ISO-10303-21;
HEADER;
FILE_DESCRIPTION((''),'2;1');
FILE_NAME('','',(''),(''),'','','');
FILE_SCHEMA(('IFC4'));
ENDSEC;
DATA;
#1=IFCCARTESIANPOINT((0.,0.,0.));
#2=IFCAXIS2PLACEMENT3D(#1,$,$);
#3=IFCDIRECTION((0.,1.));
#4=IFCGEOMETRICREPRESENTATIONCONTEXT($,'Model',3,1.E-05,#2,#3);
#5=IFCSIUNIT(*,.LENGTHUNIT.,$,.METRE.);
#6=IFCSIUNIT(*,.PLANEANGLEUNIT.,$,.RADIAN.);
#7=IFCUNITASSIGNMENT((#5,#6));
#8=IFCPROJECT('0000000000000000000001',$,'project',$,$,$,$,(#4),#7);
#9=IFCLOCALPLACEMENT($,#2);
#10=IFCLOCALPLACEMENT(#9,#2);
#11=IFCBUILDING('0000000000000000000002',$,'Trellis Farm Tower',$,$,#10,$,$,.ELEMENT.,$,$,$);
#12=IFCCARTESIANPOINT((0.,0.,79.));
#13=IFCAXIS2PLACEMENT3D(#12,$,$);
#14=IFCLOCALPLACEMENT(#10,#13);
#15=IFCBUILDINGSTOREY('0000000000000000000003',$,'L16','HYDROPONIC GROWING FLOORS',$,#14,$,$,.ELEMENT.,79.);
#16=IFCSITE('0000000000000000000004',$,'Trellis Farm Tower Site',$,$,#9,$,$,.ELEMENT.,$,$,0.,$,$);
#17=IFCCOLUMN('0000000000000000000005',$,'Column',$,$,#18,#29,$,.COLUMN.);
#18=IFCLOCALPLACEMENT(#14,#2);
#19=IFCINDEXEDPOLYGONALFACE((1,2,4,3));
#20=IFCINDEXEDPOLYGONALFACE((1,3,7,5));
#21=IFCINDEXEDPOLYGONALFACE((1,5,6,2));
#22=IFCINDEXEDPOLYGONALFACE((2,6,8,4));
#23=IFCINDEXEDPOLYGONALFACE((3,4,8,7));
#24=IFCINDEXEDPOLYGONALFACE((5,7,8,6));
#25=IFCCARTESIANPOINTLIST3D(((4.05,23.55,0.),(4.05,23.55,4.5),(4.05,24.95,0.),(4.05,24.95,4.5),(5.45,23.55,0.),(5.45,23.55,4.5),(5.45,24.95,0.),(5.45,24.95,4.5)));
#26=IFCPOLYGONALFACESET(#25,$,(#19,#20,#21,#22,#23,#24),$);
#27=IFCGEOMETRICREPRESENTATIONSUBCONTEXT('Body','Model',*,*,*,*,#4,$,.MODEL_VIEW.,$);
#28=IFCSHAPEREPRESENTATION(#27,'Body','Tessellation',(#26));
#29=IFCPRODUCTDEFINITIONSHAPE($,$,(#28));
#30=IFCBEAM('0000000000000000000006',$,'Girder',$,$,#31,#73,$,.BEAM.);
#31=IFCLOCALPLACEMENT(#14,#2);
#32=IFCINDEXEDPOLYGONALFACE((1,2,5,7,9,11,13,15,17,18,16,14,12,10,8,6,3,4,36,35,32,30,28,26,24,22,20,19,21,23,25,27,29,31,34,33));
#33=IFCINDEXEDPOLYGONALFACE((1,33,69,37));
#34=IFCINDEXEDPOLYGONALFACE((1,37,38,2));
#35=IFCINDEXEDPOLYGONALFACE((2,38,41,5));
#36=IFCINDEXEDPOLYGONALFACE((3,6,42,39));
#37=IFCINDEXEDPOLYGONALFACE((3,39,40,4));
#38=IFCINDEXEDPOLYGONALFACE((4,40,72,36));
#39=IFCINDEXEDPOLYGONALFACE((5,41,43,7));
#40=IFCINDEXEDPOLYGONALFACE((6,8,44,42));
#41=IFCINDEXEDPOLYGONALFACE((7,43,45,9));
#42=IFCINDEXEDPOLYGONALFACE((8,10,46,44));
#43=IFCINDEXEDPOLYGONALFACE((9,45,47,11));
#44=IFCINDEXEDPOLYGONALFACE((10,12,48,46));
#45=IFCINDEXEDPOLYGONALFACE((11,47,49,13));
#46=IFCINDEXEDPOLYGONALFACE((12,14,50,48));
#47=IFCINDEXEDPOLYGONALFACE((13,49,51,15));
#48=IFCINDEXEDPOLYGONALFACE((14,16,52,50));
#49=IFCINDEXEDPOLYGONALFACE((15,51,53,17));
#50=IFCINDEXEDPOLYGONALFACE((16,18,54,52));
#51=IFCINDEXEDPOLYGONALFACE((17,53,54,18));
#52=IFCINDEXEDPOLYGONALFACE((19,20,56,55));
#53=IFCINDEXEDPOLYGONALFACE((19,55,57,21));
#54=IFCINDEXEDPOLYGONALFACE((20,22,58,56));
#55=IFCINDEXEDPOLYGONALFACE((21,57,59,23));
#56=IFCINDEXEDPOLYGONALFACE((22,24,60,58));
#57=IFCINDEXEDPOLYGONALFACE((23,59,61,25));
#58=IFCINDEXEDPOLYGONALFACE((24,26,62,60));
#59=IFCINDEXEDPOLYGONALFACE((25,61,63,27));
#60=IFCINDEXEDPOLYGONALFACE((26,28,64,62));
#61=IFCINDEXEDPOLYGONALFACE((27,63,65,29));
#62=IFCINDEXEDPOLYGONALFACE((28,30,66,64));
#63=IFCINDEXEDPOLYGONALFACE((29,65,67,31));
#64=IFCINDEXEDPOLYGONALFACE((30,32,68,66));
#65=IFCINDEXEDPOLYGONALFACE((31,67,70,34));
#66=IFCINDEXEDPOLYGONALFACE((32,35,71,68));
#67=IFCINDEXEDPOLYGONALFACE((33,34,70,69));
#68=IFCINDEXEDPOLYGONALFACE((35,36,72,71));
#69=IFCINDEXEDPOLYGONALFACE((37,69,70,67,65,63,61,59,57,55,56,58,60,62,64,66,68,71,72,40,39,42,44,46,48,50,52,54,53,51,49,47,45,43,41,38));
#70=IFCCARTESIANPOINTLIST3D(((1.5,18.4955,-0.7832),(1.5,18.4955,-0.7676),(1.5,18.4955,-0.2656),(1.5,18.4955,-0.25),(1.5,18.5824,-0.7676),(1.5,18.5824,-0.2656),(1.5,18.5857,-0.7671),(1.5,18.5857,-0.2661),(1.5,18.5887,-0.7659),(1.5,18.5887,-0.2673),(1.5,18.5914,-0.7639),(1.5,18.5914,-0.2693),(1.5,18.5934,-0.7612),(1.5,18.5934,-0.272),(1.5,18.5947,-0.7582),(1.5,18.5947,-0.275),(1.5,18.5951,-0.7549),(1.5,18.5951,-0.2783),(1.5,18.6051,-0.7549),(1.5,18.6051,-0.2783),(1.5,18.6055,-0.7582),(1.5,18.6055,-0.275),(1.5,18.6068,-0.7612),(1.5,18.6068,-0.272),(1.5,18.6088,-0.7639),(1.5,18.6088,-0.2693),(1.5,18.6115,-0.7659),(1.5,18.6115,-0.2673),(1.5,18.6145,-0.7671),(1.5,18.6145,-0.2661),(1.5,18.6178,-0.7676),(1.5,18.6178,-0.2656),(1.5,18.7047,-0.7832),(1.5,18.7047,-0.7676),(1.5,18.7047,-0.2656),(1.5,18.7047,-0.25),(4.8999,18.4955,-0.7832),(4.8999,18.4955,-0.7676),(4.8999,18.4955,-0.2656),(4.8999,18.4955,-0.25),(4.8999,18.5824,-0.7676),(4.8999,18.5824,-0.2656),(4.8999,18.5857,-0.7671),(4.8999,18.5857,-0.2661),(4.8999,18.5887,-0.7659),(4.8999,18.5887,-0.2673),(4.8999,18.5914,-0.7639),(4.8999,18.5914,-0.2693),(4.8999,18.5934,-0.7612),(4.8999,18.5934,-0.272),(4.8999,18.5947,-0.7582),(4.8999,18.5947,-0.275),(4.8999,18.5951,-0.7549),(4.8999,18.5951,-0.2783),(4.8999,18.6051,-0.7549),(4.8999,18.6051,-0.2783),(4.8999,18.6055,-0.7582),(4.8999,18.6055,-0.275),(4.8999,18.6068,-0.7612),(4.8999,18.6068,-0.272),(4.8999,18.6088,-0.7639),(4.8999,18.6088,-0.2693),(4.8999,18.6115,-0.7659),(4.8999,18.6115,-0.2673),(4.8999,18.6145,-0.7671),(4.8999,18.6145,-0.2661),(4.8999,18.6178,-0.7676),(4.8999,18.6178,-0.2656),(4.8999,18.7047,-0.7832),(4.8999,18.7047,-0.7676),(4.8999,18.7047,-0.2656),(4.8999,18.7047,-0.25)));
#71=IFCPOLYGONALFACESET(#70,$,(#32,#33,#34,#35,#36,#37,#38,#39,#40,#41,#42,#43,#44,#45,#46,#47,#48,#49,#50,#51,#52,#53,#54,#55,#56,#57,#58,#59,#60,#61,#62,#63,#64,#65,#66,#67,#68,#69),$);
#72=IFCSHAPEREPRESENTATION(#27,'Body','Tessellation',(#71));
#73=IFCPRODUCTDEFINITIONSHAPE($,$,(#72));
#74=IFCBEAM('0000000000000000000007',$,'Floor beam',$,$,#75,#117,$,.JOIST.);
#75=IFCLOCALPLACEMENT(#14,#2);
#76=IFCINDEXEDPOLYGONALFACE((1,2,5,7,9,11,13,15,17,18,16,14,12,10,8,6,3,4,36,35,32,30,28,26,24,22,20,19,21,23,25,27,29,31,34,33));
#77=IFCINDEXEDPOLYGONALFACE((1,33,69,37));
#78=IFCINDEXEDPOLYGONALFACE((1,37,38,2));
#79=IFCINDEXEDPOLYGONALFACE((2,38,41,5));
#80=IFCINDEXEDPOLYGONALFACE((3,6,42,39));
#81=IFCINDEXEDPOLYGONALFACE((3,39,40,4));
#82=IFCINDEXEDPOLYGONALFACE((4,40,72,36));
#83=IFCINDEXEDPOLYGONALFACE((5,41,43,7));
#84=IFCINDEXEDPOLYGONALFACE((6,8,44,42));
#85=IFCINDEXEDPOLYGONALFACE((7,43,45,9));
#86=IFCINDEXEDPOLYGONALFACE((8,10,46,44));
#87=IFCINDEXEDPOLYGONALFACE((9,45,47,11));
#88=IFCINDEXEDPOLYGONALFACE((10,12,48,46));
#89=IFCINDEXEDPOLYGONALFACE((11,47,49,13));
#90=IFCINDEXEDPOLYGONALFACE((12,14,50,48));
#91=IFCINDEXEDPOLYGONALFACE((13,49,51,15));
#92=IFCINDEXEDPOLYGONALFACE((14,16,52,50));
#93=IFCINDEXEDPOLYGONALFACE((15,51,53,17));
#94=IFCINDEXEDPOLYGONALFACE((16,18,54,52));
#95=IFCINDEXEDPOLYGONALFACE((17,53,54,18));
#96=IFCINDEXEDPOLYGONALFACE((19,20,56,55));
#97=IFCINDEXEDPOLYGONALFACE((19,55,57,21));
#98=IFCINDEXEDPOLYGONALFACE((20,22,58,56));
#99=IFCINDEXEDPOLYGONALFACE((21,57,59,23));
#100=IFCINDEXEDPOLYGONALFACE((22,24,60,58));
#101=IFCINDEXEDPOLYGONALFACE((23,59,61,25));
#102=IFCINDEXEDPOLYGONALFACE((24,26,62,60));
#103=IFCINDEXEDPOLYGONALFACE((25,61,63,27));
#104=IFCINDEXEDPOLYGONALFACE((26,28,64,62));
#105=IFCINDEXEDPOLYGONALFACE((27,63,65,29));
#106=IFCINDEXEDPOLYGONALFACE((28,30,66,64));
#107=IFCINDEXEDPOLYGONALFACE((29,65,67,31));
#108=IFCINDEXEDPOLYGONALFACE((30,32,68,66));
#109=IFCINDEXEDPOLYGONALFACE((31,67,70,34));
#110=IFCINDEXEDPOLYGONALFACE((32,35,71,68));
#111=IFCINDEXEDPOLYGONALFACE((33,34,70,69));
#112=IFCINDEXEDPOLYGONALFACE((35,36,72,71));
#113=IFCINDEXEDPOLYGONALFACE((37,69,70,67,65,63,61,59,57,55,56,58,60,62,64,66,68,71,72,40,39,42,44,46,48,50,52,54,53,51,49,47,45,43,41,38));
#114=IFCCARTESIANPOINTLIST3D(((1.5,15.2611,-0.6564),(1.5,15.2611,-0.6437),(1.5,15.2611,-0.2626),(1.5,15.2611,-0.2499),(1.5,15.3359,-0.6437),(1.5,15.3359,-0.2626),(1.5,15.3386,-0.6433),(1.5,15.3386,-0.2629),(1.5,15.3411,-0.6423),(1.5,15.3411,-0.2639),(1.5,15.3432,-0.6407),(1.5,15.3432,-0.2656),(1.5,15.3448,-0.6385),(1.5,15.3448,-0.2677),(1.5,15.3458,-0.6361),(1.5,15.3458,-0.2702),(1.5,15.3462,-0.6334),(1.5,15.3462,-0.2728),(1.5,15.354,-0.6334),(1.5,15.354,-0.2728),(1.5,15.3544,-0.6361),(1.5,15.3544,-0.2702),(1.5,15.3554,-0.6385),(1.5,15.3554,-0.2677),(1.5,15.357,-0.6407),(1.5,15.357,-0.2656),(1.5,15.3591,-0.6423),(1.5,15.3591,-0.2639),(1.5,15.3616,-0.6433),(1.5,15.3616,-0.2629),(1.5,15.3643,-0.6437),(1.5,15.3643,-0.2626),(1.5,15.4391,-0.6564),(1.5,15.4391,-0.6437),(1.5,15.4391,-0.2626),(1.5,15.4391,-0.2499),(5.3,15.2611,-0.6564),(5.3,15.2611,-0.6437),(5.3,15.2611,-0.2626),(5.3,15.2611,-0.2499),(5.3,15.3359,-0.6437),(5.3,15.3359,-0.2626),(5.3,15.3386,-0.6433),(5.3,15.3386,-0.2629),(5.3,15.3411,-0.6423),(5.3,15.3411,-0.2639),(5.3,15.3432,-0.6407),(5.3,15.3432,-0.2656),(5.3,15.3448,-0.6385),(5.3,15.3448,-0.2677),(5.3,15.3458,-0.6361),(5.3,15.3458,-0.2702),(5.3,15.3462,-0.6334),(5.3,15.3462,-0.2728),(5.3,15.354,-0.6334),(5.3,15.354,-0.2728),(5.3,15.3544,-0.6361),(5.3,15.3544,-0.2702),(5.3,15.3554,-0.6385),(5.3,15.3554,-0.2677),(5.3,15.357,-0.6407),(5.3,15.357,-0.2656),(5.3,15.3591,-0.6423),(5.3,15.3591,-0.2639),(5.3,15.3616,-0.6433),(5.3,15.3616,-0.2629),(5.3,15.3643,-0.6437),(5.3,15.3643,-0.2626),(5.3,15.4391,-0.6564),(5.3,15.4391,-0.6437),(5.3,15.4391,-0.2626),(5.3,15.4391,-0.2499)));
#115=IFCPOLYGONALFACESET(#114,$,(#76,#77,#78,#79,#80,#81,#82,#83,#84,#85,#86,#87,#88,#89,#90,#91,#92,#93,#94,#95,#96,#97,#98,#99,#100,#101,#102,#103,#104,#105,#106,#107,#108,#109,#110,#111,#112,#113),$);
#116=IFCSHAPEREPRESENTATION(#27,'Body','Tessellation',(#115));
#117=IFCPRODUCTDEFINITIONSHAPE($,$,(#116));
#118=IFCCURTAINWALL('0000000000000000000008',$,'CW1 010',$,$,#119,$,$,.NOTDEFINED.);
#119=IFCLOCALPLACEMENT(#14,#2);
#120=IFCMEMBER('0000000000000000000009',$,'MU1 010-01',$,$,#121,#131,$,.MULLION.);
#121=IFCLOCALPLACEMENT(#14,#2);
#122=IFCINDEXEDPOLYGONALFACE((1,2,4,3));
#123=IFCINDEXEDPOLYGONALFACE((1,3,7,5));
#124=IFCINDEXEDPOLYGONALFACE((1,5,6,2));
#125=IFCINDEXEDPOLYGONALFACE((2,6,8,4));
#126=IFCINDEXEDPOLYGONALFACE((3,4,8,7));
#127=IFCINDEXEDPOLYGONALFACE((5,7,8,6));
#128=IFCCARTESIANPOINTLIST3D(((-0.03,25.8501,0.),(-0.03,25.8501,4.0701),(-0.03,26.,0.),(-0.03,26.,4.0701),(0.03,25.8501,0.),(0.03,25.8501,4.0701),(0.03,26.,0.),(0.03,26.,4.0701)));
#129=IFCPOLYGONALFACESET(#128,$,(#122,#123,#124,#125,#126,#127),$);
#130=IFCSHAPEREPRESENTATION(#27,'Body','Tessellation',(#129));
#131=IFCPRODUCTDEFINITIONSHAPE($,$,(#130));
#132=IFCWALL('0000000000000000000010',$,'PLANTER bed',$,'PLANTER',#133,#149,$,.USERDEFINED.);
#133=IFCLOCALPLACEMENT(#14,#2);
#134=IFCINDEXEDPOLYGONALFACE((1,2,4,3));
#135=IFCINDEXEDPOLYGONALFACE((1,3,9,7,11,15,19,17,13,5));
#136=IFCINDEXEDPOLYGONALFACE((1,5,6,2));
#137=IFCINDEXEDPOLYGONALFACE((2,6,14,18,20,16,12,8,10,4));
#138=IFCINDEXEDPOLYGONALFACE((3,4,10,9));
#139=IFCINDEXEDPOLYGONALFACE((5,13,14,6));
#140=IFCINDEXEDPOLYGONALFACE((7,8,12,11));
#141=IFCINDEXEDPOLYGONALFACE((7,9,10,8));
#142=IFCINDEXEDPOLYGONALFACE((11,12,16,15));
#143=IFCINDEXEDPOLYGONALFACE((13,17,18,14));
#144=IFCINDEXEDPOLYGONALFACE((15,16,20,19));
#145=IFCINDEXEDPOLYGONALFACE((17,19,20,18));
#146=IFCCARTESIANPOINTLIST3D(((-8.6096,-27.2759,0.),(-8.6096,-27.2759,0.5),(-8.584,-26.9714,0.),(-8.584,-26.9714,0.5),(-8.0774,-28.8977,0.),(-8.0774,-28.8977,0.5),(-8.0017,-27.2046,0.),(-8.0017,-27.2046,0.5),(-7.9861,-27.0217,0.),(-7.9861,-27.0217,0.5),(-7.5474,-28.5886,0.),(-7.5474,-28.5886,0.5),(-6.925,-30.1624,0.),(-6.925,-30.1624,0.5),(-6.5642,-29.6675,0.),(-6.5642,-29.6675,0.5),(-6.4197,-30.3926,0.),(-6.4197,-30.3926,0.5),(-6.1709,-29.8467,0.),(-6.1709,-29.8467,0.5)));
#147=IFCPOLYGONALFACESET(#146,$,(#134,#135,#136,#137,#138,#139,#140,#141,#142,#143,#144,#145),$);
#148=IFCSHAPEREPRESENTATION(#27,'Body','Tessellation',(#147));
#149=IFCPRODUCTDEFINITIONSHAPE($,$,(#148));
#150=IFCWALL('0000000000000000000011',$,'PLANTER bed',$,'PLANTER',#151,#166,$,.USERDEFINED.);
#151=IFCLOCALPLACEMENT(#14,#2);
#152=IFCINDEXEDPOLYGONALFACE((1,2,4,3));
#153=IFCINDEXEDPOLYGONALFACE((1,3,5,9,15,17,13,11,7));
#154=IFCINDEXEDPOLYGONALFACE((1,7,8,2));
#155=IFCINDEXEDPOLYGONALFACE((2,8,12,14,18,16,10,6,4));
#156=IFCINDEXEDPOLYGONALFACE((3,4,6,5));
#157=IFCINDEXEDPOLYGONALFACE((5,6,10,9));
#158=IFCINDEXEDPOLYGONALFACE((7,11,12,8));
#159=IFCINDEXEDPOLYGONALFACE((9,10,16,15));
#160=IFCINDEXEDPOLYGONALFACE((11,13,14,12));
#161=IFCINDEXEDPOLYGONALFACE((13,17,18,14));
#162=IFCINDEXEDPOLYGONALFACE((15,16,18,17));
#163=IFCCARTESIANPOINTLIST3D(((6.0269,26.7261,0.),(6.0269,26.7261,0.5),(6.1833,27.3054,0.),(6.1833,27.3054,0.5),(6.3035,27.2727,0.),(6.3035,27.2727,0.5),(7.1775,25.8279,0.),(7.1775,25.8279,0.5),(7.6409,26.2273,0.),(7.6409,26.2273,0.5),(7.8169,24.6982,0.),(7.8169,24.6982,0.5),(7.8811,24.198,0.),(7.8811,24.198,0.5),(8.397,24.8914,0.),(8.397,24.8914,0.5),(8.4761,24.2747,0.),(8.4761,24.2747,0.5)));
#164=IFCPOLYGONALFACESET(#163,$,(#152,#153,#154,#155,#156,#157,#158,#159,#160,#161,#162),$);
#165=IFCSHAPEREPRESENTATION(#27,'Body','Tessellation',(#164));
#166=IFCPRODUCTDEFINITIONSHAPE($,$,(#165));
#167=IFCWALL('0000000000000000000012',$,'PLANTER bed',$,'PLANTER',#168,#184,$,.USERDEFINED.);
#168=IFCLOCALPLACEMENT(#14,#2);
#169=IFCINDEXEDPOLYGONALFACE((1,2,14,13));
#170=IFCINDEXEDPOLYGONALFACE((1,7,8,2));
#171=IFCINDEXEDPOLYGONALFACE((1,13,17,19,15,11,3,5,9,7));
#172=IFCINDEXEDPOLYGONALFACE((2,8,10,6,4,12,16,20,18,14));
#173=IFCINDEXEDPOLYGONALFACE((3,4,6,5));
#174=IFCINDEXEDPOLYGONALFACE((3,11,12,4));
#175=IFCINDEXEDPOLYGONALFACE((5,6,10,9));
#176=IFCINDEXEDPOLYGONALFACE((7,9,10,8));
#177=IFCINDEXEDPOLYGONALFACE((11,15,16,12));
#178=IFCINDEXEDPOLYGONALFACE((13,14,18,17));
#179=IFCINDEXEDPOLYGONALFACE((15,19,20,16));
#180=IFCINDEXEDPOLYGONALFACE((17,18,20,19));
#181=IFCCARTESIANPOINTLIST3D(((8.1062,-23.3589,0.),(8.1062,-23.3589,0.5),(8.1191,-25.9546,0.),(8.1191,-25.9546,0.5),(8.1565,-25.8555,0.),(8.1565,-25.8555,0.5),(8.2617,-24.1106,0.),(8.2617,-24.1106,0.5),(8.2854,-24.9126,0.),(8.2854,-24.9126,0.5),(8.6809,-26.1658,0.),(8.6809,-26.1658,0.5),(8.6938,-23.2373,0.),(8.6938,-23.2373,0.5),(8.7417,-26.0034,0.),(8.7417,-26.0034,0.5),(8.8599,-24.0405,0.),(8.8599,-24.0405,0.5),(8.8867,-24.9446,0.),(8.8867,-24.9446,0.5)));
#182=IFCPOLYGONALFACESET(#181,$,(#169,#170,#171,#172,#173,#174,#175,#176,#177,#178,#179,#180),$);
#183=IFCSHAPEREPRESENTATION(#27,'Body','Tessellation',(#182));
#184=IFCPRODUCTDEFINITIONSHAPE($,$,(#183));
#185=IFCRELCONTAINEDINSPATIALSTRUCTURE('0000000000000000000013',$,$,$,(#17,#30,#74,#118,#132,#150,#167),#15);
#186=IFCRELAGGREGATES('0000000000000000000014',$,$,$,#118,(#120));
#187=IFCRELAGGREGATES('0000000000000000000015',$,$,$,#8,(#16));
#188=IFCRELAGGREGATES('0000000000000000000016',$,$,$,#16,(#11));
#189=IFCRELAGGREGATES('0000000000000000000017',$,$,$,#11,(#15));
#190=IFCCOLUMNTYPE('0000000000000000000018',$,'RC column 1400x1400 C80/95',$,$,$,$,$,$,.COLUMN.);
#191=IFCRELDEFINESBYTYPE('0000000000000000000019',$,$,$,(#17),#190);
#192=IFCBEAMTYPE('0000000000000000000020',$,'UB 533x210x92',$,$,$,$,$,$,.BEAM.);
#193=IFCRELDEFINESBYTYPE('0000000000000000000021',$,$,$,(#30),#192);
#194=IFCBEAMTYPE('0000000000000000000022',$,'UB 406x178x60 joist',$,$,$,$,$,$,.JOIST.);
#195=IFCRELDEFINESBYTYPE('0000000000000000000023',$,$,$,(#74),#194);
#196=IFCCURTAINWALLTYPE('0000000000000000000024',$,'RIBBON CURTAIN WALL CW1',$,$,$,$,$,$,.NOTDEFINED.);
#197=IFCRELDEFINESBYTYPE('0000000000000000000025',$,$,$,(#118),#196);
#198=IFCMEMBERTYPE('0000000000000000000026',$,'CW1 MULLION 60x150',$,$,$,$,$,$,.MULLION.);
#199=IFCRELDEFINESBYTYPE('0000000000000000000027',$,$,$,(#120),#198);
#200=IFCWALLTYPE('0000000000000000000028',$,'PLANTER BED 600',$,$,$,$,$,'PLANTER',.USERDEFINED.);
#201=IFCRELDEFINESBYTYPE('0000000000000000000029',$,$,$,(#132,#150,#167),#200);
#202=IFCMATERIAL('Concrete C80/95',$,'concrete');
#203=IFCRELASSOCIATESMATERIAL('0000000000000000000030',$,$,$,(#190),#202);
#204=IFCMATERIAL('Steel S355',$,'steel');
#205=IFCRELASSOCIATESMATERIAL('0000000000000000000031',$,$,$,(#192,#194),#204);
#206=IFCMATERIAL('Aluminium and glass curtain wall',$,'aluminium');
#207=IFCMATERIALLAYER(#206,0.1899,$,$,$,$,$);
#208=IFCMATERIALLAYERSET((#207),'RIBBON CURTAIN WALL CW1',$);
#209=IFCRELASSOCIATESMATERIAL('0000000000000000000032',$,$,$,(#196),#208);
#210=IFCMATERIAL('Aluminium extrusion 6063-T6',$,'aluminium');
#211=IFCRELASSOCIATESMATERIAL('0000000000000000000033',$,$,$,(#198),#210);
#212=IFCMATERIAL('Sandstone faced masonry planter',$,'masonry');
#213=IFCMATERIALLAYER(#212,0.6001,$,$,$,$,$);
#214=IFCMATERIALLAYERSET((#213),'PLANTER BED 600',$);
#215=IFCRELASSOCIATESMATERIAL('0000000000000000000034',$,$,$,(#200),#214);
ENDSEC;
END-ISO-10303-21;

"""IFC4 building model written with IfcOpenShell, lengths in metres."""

from ifc_helpers import new_model, si_unit, direction, frame, origin, origin_2d, place, context, subcontext, project, spatial, polyline, rectangle, i_section, outline, extrude, source, transform, mapped, material, layer, layer_set, material_profile, profile_set, type_object, element, aggregate, save


model = new_model("IFC4")

# Units and contexts
model_context = context("Model", 3, precision=1e-05, world=origin(), true_north=direction((0.0, 1.0)))
body_context = subcontext(model_context, "Body", "Model", "MODEL_VIEW")
ifc_project = project(units=[si_unit("LENGTHUNIT", "METRE"), si_unit("PLANEANGLEUNIT", "RADIAN")], contexts=[model_context])

# Site, building, storey
site_placement = place(None, origin())
site = spatial("IfcSite", under=ifc_project, at=site_placement, Name="Trellis Farm Tower Site", CompositionType="ELEMENT", RefElevation=0.0)
building_placement = place(site_placement, origin())
building = spatial("IfcBuilding", under=site, at=building_placement, Name="Trellis Farm Tower", CompositionType="ELEMENT")
storey_placement = place(building_placement, frame((0.0, 0.0, 79.0)))
storey = spatial("IfcBuildingStorey", under=building, at=storey_placement, Name="L16", Description="HYDROPONIC GROWING FLOORS", CompositionType="ELEMENT", Elevation=79.0)

# Column
ifc_material_1 = material(Name="Concrete C80/95", Category="concrete")
ifc_material_profile_1 = material_profile(ifc_material_1, rectangle(XDim=1.3999, YDim=1.3999, at=origin_2d()), Name="RC column 1400x1400 C80/95")
ifc_profile_set_1 = profile_set([ifc_material_profile_1], Name="Concrete C80/95")
column_type = type_object("IfcColumnType", Name="RC column 1400x1400 C80/95", PredefinedType="COLUMN", material=ifc_profile_set_1)
shared_shape_1 = source(origin(), body_context, "Body", "SweptSolid", [
    extrude(rectangle(XDim=1.3999, YDim=1.3999, at=origin_2d()), origin(), (0.0, 0.0, 1.0), 4.5),
])
column_placement = place(storey_placement, frame((4.75, 24.25, 0.0), z_axis=(0.0, 0.0, 1.0), x_axis=(1.0, 0.0, 0.0)))
element("IfcColumn", 1, at=column_placement, inside=storey, type_object=column_type, Name="Column", PredefinedType="COLUMN", context=body_context, shape_type="MappedRepresentation", body=[
    mapped(shared_shape_1, transform((0.0, 0.0, 0.0))),
])

# Beams
ifc_material_2 = material(Name="Steel S355", Category="steel")
ifc_material_profile_2 = material_profile(ifc_material_2, i_section(OverallWidth=0.2092, OverallDepth=0.5332, WebThickness=0.01, FlangeThickness=0.0156, FilletRadius=0.0127, at=origin_2d()), Name="UB 533x210x92")
ifc_profile_set_2 = profile_set([ifc_material_profile_2], Name="Steel S355")
beam_type_1 = type_object("IfcBeamType", Name="UB 533x210x92", PredefinedType="BEAM", material=ifc_profile_set_2)
shared_shape_2 = source(origin(), body_context, "Body", "SweptSolid", [
    extrude(i_section(OverallWidth=0.2092, OverallDepth=0.5332, WebThickness=0.01, FlangeThickness=0.0156, FilletRadius=0.0127, at=origin_2d()), origin(), (0.0, 0.0, 1.0), 3.3999),
])
beam_1_placement = place(storey_placement, frame((1.5, 18.6001, -0.5166), z_axis=(1.0, 0.0, 0.0), x_axis=(0.0, 1.0, 0.0)))
element("IfcBeam", 2, at=beam_1_placement, inside=storey, type_object=beam_type_1, Name="Girder", PredefinedType="BEAM", context=body_context, shape_type="MappedRepresentation", body=[
    mapped(shared_shape_2, transform((0.0, 0.0, 0.0))),
])
ifc_material_profile_3 = material_profile(ifc_material_2, i_section(OverallWidth=0.178, OverallDepth=0.4065, WebThickness=0.0078, FlangeThickness=0.0127, FilletRadius=0.0103, at=origin_2d()), Name="UB 406x178x60")
ifc_profile_set_3 = profile_set([ifc_material_profile_3], Name="Steel S355")
beam_type_2 = type_object("IfcBeamType", Name="UB 406x178x60 joist", PredefinedType="JOIST", material=ifc_profile_set_3)
shared_shape_3 = source(origin(), body_context, "Body", "SweptSolid", [
    extrude(i_section(OverallWidth=0.178, OverallDepth=0.4065, WebThickness=0.0078, FlangeThickness=0.0127, FilletRadius=0.0103, at=origin_2d()), origin(), (0.0, 0.0, 1.0), 3.8),
])
beam_2_placement = place(storey_placement, frame((1.5, 15.3501, -0.4531), z_axis=(1.0, 0.0, 0.0), x_axis=(0.0, 1.0, 0.0)))
element("IfcBeam", 3, at=beam_2_placement, inside=storey, type_object=beam_type_2, Name="Floor beam", PredefinedType="JOIST", context=body_context, shape_type="MappedRepresentation", body=[
    mapped(shared_shape_3, transform((0.0, 0.0, 0.0))),
])

# Curtain wall, member
ifc_material_3 = material(Name="Aluminium and glass curtain wall", Category="aluminium")
ifc_layer_1 = layer(ifc_material_3, 0.1899)
ifc_layer_set_1 = layer_set([ifc_layer_1], Name="RIBBON CURTAIN WALL CW1")
curtain_wall_type = type_object("IfcCurtainWallType", Name="RIBBON CURTAIN WALL CW1", PredefinedType="NOTDEFINED", material=ifc_layer_set_1)
placement = place(storey_placement, origin())
curtain_wall = element("IfcCurtainWall", 4, at=placement, inside=storey, type_object=curtain_wall_type, Name="CW1 010", PredefinedType="NOTDEFINED")
ifc_material_4 = material(Name="Aluminium extrusion 6063-T6", Category="aluminium")
ifc_material_profile_4 = material_profile(ifc_material_4, rectangle(XDim=0.0601, YDim=0.1499, at=origin_2d()), Name="MULLION 60x150")
ifc_profile_set_4 = profile_set([ifc_material_profile_4], Name="Aluminium extrusion 6063-T6")
member_type = type_object("IfcMemberType", Name="CW1 MULLION 60x150", PredefinedType="MULLION", material=ifc_profile_set_4)
shared_shape_4 = source(origin(), body_context, "Body", "SweptSolid", [
    extrude(rectangle(XDim=0.0601, YDim=0.1499, at=origin_2d()), origin(), (0.0, 0.0, 1.0), 4.0701),
])
member_placement = place(storey_placement, frame((0.0, 25.925, 0.0), z_axis=(0.0, 0.0, 1.0), x_axis=(-1.0, 0.0, 0.0)))
member = element("IfcMember", 5, at=member_placement, type_object=member_type, Name="MU1 010-01", PredefinedType="MULLION", context=body_context, shape_type="MappedRepresentation", body=[
    mapped(shared_shape_4, transform((0.0, 0.0, 0.0))),
])
aggregate(curtain_wall, [member])

# Walls
ifc_material_5 = material(Name="Sandstone faced masonry planter", Category="masonry")
ifc_layer_2 = layer(ifc_material_5, 0.6001)
ifc_layer_set_2 = layer_set([ifc_layer_2], Name="PLANTER BED 600")
wall_type_1 = type_object("IfcWallType", Name="PLANTER BED 600", ElementType="PLANTER", PredefinedType="USERDEFINED", material=ifc_layer_set_2)
element("IfcWall", 6, at=placement, inside=storey, type_object=wall_type_1, Name="PLANTER bed", ObjectType="PLANTER", PredefinedType="USERDEFINED", context=body_context, shape_type="SweptSolid", body=[
    extrude(outline(polyline([(-6.925, -30.1624), (-8.0774, -28.8977), (-8.6096, -27.2759), (-8.584, -26.9714), (-7.9861, -27.0217), (-8.0017, -27.2046), (-7.5474, -28.5886), (-6.5642, -29.6675), (-6.1709, -29.8467), (-6.4197, -30.3926), (-6.925, -30.1624)])), origin(), (0.0, 0.0, 1.0), 0.5),
])
element("IfcWall", 7, at=placement, inside=storey, type_object=wall_type_1, Name="PLANTER bed", ObjectType="PLANTER", PredefinedType="USERDEFINED", context=body_context, shape_type="SweptSolid", body=[
    extrude(outline(polyline([(7.6409, 26.2273), (8.397, 24.8914), (8.4761, 24.2747), (7.8811, 24.198), (7.8169, 24.6982), (7.1775, 25.8279), (6.0269, 26.7261), (6.1833, 27.3054), (6.3035, 27.2727), (7.6409, 26.2273)])), origin(), (0.0, 0.0, 1.0), 0.5),
])
element("IfcWall", 8, at=placement, inside=storey, type_object=wall_type_1, Name="PLANTER bed", ObjectType="PLANTER", PredefinedType="USERDEFINED", context=body_context, shape_type="SweptSolid", body=[
    extrude(outline(polyline([(8.8867, -24.9446), (8.7417, -26.0034), (8.6809, -26.1658), (8.1191, -25.9546), (8.1565, -25.8555), (8.2854, -24.9126), (8.2617, -24.1106), (8.1062, -23.3589), (8.6938, -23.2373), (8.8599, -24.0405), (8.8867, -24.9446)])), origin(), (0.0, 0.0, 1.0), 0.5),
])

save(model, "model.ifc")
